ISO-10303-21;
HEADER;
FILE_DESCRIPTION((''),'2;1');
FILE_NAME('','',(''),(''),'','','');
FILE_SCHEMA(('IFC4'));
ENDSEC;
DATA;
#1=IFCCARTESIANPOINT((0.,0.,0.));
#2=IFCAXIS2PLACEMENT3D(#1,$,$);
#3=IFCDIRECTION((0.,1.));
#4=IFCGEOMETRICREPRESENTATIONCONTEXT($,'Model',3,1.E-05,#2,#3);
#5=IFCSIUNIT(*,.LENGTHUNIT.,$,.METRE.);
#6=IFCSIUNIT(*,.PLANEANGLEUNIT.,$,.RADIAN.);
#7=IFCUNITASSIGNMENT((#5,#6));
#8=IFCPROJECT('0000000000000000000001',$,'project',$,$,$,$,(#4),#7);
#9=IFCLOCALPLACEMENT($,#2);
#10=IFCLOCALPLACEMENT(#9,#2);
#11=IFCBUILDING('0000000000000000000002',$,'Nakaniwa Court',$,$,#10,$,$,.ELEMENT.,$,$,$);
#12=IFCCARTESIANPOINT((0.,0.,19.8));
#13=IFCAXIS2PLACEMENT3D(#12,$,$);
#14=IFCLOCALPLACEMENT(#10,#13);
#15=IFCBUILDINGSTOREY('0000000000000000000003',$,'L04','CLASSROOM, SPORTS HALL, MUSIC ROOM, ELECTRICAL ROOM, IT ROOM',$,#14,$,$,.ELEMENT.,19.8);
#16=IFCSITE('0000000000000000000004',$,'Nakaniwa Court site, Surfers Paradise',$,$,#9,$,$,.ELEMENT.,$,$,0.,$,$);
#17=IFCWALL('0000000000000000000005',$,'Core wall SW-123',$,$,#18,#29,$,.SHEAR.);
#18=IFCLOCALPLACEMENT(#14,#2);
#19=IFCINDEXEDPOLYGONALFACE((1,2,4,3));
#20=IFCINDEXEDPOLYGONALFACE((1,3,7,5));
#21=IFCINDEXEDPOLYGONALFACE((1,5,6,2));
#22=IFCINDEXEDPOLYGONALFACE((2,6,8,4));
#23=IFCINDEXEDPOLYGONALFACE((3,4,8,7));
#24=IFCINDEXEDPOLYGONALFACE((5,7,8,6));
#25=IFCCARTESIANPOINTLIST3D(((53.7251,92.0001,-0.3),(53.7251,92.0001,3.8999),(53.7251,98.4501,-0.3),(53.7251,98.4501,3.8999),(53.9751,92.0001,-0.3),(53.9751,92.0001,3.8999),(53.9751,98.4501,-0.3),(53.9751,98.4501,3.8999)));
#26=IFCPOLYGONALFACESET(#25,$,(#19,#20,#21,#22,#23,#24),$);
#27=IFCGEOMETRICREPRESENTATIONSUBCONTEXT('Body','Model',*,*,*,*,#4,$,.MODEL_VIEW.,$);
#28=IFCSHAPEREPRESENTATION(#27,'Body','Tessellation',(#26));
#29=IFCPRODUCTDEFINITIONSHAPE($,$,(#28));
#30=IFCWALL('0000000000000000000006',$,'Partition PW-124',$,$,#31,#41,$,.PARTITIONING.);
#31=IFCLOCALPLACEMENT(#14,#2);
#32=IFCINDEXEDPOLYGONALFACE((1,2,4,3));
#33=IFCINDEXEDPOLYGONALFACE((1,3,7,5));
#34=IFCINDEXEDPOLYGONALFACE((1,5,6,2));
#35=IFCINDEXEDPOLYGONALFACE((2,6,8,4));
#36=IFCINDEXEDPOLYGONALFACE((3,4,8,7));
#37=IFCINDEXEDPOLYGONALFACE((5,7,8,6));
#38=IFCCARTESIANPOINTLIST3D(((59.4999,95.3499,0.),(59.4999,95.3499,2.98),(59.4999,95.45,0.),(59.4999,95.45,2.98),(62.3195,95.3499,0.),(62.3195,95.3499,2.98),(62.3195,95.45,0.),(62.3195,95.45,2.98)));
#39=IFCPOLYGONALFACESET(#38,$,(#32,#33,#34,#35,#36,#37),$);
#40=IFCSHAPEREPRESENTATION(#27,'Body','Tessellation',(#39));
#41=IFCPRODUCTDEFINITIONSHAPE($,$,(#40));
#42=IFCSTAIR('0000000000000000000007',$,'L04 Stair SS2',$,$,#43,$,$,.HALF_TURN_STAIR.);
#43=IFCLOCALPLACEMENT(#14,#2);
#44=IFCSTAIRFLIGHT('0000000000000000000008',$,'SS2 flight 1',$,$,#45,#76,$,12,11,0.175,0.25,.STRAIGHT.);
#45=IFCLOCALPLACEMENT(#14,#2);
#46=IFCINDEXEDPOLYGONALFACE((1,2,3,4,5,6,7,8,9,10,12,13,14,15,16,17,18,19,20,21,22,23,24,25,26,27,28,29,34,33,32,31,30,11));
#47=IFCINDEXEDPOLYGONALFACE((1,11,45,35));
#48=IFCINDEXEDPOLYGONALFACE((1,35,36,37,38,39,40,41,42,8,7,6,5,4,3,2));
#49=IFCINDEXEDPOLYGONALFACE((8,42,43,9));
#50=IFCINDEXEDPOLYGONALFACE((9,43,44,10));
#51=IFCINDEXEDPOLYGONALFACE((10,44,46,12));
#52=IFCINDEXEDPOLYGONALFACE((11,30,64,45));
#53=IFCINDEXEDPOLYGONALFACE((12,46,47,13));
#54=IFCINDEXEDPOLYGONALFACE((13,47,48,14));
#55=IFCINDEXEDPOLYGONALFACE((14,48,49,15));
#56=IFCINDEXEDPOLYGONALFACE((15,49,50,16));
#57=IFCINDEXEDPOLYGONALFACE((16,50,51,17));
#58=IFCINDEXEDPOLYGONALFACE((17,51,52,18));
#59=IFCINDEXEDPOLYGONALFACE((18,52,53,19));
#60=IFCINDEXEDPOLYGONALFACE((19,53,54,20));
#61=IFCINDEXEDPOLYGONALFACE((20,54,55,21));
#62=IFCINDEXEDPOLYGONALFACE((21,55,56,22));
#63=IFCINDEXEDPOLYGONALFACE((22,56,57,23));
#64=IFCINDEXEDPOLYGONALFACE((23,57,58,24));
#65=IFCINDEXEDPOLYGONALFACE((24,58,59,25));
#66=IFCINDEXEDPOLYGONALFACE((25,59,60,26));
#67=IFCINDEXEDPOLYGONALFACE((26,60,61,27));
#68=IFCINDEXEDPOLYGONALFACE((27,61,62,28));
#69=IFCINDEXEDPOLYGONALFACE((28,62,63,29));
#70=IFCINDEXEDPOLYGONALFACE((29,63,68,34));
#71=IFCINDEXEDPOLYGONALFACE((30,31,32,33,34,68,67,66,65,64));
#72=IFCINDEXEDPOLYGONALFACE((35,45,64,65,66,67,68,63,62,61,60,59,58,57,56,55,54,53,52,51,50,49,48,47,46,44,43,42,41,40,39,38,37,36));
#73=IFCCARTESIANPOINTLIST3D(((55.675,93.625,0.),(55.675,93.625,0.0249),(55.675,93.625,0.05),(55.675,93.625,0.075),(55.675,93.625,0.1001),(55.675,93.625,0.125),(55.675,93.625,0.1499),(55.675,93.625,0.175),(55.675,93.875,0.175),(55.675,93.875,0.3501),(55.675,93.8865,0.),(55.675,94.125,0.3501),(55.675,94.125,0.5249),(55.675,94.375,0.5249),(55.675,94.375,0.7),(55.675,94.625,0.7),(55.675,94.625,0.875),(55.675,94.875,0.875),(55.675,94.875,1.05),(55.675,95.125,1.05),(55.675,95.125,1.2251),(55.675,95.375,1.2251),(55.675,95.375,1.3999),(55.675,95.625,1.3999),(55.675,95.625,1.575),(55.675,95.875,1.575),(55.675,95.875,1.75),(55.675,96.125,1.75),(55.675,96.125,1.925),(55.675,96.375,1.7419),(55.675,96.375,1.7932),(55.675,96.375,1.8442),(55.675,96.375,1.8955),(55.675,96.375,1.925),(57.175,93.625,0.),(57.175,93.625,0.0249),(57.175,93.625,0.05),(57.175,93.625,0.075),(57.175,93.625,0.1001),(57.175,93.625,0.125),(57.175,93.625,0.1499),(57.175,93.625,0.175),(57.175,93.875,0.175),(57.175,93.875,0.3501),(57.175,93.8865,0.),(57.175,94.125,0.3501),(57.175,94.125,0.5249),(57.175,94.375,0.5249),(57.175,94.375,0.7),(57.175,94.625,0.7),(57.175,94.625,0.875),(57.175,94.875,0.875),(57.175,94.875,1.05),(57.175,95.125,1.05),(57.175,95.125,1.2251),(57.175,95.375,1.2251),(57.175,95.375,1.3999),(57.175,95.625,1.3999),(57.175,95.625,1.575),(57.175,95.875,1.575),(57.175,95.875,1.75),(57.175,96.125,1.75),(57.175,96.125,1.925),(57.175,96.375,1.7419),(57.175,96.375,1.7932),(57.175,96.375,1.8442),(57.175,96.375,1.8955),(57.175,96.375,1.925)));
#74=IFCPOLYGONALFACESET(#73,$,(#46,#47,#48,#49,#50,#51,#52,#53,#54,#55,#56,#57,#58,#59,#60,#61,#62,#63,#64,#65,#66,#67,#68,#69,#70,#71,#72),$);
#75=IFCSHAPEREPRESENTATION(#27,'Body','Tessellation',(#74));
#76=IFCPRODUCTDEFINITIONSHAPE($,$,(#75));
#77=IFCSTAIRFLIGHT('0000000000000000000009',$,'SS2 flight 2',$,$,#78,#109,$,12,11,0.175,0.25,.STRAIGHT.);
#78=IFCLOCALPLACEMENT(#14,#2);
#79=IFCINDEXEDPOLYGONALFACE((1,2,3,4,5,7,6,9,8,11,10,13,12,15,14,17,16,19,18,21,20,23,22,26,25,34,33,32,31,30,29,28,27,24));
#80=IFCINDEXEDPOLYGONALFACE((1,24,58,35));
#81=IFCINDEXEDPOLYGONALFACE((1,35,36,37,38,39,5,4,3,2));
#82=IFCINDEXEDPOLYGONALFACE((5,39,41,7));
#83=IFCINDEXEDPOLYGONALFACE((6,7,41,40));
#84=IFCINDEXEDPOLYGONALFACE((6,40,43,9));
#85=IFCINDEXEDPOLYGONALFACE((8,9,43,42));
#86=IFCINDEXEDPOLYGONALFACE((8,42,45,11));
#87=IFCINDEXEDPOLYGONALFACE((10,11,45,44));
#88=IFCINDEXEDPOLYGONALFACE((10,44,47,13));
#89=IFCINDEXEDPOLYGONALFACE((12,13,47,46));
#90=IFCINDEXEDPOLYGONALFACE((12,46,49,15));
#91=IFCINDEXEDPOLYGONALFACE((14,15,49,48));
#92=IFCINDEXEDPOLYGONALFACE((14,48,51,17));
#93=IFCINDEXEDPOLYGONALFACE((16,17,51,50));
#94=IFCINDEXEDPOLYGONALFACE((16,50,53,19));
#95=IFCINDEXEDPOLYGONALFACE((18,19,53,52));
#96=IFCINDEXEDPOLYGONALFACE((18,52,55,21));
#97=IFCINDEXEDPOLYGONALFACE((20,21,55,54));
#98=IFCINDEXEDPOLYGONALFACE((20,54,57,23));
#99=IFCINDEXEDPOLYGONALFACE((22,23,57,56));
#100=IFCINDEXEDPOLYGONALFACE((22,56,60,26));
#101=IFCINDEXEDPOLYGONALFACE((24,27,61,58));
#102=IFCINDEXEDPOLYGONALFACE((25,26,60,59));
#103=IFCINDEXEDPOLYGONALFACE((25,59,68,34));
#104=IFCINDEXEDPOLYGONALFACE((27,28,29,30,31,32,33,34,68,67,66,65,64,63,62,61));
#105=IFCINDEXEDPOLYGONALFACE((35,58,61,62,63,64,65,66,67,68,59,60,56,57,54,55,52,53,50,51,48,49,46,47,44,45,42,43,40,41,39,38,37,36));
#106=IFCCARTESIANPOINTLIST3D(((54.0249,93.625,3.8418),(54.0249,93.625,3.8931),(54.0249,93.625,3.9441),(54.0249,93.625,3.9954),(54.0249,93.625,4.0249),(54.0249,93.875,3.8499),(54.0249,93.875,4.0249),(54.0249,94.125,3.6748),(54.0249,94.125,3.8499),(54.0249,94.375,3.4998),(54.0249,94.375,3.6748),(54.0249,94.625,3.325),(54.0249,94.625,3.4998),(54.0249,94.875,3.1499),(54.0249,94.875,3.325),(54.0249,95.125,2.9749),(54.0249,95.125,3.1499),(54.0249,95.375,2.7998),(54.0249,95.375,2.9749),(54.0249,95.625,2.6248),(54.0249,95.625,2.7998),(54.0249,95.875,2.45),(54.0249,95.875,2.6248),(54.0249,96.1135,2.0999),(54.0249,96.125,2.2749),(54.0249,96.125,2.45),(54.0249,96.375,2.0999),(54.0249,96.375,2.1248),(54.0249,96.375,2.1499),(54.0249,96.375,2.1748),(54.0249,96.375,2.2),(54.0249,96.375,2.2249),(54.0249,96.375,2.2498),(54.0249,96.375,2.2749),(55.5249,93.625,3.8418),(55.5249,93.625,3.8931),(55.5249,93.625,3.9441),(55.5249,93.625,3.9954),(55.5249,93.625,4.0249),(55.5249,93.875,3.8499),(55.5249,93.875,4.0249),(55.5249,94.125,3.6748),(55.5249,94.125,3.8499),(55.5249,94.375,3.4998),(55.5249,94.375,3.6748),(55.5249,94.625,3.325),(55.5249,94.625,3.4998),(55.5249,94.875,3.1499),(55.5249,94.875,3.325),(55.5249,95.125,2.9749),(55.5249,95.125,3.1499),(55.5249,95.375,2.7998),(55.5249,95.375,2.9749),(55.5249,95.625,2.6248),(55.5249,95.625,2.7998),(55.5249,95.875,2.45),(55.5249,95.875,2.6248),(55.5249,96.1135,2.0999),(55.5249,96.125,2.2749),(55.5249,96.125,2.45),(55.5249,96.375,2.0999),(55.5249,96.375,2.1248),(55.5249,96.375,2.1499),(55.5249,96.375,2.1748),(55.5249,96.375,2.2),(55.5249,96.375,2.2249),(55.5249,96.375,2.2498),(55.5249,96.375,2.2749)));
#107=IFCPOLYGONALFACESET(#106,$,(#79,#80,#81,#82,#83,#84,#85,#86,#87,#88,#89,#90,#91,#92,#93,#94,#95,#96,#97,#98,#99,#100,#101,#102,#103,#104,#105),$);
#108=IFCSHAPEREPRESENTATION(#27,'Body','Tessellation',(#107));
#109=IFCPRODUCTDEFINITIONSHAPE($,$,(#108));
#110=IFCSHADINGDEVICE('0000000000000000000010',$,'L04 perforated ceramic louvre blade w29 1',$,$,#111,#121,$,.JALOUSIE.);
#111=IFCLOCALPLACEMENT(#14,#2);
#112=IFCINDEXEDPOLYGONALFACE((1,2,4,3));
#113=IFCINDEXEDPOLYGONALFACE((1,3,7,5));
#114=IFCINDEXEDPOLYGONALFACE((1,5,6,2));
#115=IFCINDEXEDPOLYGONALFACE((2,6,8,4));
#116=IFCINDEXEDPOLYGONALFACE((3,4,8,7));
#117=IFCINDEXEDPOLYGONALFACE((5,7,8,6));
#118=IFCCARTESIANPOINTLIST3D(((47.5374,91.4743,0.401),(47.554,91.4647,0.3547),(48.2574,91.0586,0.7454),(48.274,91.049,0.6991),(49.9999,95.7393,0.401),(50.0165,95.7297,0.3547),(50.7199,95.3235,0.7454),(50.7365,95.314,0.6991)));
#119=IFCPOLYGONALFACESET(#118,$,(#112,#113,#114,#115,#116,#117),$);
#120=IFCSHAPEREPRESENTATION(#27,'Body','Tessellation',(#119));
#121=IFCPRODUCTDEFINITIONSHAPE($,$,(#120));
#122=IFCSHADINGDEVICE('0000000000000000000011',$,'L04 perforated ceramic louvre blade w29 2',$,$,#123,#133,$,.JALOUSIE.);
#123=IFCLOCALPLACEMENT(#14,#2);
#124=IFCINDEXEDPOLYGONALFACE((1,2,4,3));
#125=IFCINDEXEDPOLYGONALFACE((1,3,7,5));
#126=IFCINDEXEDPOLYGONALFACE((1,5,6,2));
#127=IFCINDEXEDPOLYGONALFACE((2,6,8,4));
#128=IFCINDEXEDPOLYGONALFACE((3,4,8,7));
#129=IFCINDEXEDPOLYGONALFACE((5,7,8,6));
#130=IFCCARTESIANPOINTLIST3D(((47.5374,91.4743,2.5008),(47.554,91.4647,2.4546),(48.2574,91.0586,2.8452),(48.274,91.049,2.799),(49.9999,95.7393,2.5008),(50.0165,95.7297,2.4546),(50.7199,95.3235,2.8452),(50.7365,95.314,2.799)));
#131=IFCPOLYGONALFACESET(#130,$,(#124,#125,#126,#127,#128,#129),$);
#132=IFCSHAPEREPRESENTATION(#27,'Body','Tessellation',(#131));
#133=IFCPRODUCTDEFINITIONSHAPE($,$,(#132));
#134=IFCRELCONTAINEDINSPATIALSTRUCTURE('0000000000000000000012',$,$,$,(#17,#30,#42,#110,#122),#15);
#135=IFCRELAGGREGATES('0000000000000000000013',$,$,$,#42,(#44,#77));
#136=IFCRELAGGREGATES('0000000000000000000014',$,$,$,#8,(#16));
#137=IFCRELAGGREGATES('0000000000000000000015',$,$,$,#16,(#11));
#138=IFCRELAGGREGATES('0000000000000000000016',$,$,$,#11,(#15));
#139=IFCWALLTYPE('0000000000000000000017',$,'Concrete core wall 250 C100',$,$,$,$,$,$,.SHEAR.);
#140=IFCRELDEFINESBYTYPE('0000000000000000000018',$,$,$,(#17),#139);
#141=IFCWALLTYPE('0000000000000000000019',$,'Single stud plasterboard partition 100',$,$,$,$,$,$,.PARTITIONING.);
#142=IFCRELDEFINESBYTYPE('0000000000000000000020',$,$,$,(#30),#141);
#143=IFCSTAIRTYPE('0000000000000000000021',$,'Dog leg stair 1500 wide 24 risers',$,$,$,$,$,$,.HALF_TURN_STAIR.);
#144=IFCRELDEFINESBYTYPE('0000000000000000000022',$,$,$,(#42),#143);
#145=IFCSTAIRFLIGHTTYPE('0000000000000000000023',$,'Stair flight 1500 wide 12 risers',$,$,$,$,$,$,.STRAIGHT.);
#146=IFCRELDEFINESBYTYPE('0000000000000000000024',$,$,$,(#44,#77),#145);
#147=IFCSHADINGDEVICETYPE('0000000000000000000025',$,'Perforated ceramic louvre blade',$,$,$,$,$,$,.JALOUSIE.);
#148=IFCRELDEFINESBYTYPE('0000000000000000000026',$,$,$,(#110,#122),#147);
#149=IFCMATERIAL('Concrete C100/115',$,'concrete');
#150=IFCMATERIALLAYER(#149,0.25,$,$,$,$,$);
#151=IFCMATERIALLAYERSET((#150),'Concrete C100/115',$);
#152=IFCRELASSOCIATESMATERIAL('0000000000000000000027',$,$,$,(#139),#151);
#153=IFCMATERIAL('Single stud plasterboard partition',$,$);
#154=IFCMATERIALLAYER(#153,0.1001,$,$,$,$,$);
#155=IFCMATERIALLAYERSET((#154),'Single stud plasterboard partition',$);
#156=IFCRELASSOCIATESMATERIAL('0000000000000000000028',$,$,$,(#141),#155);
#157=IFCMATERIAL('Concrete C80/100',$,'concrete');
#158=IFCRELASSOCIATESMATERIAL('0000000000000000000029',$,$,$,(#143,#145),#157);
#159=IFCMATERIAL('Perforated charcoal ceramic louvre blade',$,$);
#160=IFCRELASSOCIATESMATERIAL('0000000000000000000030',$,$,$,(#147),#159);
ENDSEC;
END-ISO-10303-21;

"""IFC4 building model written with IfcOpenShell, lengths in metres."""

from ifc_helpers import new_model, si_unit, direction, frame, frame_2d, origin, origin_2d, place, context, subcontext, project, spatial, polyline, rectangle, outline, extrude, material, layer, layer_set, material_profile, profile_set, type_object, element, aggregate, save


model = new_model("IFC4")

# Units and contexts
model_context = context("Model", 3, precision=1e-05, world=origin(), true_north=direction((0.0, 1.0)))
body_context = subcontext(model_context, "Body", "Model", "MODEL_VIEW")
ifc_project = project(units=[si_unit("LENGTHUNIT", "METRE"), si_unit("PLANEANGLEUNIT", "RADIAN")], contexts=[model_context])

# Site, building, storey
site_placement = place(None, origin())
site = spatial("IfcSite", under=ifc_project, at=site_placement, Name="Nakaniwa Court site, Surfers Paradise", CompositionType="ELEMENT", RefElevation=0.0)
building_placement = place(site_placement, origin())
building = spatial("IfcBuilding", under=site, at=building_placement, Name="Nakaniwa Court", CompositionType="ELEMENT")
storey_placement = place(building_placement, frame((0.0, 0.0, 19.8)))
storey = spatial("IfcBuildingStorey", under=building, at=storey_placement, Name="L04", Description="CLASSROOM, SPORTS HALL, MUSIC ROOM, ELECTRICAL ROOM, IT ROOM", CompositionType="ELEMENT", Elevation=19.8)

# Shared definitions
ifc_material_1 = material(Name="Concrete C100/115", Category="concrete")

# Walls
ifc_layer_1 = layer(ifc_material_1, 0.25)
ifc_layer_set_1 = layer_set([ifc_layer_1], Name="Concrete C100/115")
wall_type_1 = type_object("IfcWallType", Name="Concrete core wall 250 C100", PredefinedType="SHEAR", material=ifc_layer_set_1)
wall_1_placement = place(storey_placement, frame((53.8501, 92.0, -0.3), z_axis=(0.0, 0.0, 1.0), x_axis=(0.0, 1.0, 0.0)))
element("IfcWall", 1, at=wall_1_placement, inside=storey, type_object=wall_type_1, Name="Core wall SW-123", PredefinedType="SHEAR", context=body_context, shape_type="SweptSolid", body=[
    extrude(rectangle(XDim=6.45, YDim=0.25, at=frame_2d((3.2251, 0.0))), origin(), (0.0, 0.0, 1.0), 4.2),
])
ifc_material_2 = material(Name="Single stud plasterboard partition")
ifc_layer_2 = layer(ifc_material_2, 0.1001)
ifc_layer_set_2 = layer_set([ifc_layer_2], Name="Single stud plasterboard partition")
wall_type_2 = type_object("IfcWallType", Name="Single stud plasterboard partition 100", PredefinedType="PARTITIONING", material=ifc_layer_set_2)
wall_2_placement = place(storey_placement, frame((59.5, 95.3999, 0.0), z_axis=(0.0, 0.0, 1.0), x_axis=(1.0, 0.0, 0.0)))
element("IfcWall", 2, at=wall_2_placement, inside=storey, type_object=wall_type_2, Name="Partition PW-124", PredefinedType="PARTITIONING", context=body_context, shape_type="SweptSolid", body=[
    extrude(rectangle(XDim=2.8196, YDim=0.1001, at=frame_2d((1.4097, 0.0))), origin(), (0.0, 0.0, 1.0), 2.98),
])

# Stair, stair flights
ifc_material_3 = material(Name="Concrete C80/100", Category="concrete")
stair_type = type_object("IfcStairType", Name="Dog leg stair 1500 wide 24 risers", PredefinedType="HALF_TURN_STAIR", material=ifc_material_3)
stair_placement = place(storey_placement, origin())
stair = element("IfcStair", 3, at=stair_placement, inside=storey, type_object=stair_type, Name="L04 Stair SS2", PredefinedType="HALF_TURN_STAIR")
stair_flight_type = type_object("IfcStairFlightType", Name="Stair flight 1500 wide 12 risers", PredefinedType="STRAIGHT", material=ifc_material_3)
stair_flight_1_placement = place(storey_placement, frame((56.425, 93.625, 0.0), z_axis=(0.0, 0.0, 1.0), x_axis=(0.0, 1.0, 0.0)))
stair_flight_1 = element("IfcStairFlight", 4, at=stair_flight_1_placement, type_object=stair_flight_type, Name="SS2 flight 1", NumberOfRisers=12, NumberOfTreads=11, PredefinedType="STRAIGHT", RiserHeight=0.175, TreadLength=0.25, context=body_context, shape_type="SweptSolid", body=[
    extrude(outline(polyline([(0.0, 0.0), (0.0, 0.0249), (0.0, 0.05), (0.0, 0.075), (0.0, 0.1001), (0.0, 0.125), (0.0, 0.1499), (0.0, 0.175), (0.25, 0.175), (0.25, 0.3501), (0.5, 0.3501), (0.5, 0.5249), (0.75, 0.5249), (0.75, 0.7), (1.0, 0.7), (1.0, 0.875), (1.25, 0.875), (1.25, 1.05), (1.5, 1.05), (1.5, 1.2251), (1.75, 1.2251), (1.75, 1.3999), (2.0, 1.3999), (2.0, 1.575), (2.25, 1.575), (2.25, 1.75), (2.5, 1.75), (2.5, 1.925), (2.75, 1.925), (2.75, 2.1001), (2.75, 2.0488), (2.75, 1.9978), (2.75, 1.9465), (2.75, 1.8955), (2.75, 1.8442), (2.75, 1.7932), (2.75, 1.7419), (0.2615, 0.0), (0.0, 0.0)])), frame((0.0, 0.75, 0.0), z_axis=(0.0, -1.0, 0.0), x_axis=(1.0, 0.0, 0.0)), (0.0, 0.0, 1.0), 1.5),
])
stair_flight_2_placement = place(storey_placement, frame((54.7749, 96.375, 2.0999), z_axis=(0.0, 0.0, 1.0), x_axis=(0.0, -1.0, 0.0)))
stair_flight_2 = element("IfcStairFlight", 5, at=stair_flight_2_placement, type_object=stair_flight_type, Name="SS2 flight 2", NumberOfRisers=12, NumberOfTreads=11, PredefinedType="STRAIGHT", RiserHeight=0.175, TreadLength=0.25, context=body_context, shape_type="SweptSolid", body=[
    extrude(outline(polyline([(0.0, 0.0), (0.0, 0.0249), (0.0, 0.05), (0.0, 0.075), (0.0, 0.1001), (0.0, 0.125), (0.0, 0.1499), (0.0, 0.175), (0.25, 0.175), (0.25, 0.3501), (0.5, 0.3501), (0.5, 0.5249), (0.75, 0.5249), (0.75, 0.7), (1.0, 0.7), (1.0, 0.875), (1.25, 0.875), (1.25, 1.05), (1.5, 1.05), (1.5, 1.2251), (1.75, 1.2251), (1.75, 1.3999), (2.0, 1.3999), (2.0, 1.575), (2.25, 1.575), (2.25, 1.75), (2.5, 1.75), (2.5, 1.925), (2.75, 1.925), (2.75, 2.1001), (2.75, 2.0488), (2.75, 1.9978), (2.75, 1.9465), (2.75, 1.8955), (2.75, 1.8442), (2.75, 1.7932), (2.75, 1.7419), (0.2615, 0.0), (0.0, 0.0)])), frame((0.0, 0.75, 0.0), z_axis=(0.0, -1.0, 0.0), x_axis=(1.0, 0.0, 0.0)), (0.0, 0.0, 1.0), 1.5),
])
aggregate(stair, [stair_flight_1, stair_flight_2])

# Shading devices
ifc_material_4 = material(Name="Perforated charcoal ceramic louvre blade")
ifc_material_profile_1 = material_profile(ifc_material_4, rectangle(XDim=0.8999, YDim=0.05, at=origin_2d()), Name="Perforated ceramic louvre blade")
ifc_profile_set_1 = profile_set([ifc_material_profile_1], Name="Perforated charcoal ceramic louvre blade")
shading_device_type = type_object("IfcShadingDeviceType", Name="Perforated ceramic louvre blade", PredefinedType="JALOUSIE", material=ifc_profile_set_1)
for number, where, z_axis, x_axis, name in (
    (6, (50.3682, 95.5266, 0.55), (-0.50001, -0.86602, 0.0), (0.800098, -0.461949, 0.382683), "L04 perforated ceramic louvre blade w29 1"),
    (7, (50.3682, 95.5266, 2.6499), (-0.50001, -0.86602, 0.0), (0.800098, -0.461949, 0.382683), "L04 perforated ceramic louvre blade w29 2"),
):
    element("IfcShadingDevice", number, at=place(storey_placement, frame(where, z_axis=z_axis, x_axis=x_axis)), inside=storey, type_object=shading_device_type, Name=name, PredefinedType="JALOUSIE", context=body_context, shape_type="SweptSolid", body=[
        extrude(rectangle(XDim=0.8999, YDim=0.05, at=origin_2d()), origin(), (0.0, 0.0, 1.0), 4.9248),
    ])

save(model, "model.ifc")
